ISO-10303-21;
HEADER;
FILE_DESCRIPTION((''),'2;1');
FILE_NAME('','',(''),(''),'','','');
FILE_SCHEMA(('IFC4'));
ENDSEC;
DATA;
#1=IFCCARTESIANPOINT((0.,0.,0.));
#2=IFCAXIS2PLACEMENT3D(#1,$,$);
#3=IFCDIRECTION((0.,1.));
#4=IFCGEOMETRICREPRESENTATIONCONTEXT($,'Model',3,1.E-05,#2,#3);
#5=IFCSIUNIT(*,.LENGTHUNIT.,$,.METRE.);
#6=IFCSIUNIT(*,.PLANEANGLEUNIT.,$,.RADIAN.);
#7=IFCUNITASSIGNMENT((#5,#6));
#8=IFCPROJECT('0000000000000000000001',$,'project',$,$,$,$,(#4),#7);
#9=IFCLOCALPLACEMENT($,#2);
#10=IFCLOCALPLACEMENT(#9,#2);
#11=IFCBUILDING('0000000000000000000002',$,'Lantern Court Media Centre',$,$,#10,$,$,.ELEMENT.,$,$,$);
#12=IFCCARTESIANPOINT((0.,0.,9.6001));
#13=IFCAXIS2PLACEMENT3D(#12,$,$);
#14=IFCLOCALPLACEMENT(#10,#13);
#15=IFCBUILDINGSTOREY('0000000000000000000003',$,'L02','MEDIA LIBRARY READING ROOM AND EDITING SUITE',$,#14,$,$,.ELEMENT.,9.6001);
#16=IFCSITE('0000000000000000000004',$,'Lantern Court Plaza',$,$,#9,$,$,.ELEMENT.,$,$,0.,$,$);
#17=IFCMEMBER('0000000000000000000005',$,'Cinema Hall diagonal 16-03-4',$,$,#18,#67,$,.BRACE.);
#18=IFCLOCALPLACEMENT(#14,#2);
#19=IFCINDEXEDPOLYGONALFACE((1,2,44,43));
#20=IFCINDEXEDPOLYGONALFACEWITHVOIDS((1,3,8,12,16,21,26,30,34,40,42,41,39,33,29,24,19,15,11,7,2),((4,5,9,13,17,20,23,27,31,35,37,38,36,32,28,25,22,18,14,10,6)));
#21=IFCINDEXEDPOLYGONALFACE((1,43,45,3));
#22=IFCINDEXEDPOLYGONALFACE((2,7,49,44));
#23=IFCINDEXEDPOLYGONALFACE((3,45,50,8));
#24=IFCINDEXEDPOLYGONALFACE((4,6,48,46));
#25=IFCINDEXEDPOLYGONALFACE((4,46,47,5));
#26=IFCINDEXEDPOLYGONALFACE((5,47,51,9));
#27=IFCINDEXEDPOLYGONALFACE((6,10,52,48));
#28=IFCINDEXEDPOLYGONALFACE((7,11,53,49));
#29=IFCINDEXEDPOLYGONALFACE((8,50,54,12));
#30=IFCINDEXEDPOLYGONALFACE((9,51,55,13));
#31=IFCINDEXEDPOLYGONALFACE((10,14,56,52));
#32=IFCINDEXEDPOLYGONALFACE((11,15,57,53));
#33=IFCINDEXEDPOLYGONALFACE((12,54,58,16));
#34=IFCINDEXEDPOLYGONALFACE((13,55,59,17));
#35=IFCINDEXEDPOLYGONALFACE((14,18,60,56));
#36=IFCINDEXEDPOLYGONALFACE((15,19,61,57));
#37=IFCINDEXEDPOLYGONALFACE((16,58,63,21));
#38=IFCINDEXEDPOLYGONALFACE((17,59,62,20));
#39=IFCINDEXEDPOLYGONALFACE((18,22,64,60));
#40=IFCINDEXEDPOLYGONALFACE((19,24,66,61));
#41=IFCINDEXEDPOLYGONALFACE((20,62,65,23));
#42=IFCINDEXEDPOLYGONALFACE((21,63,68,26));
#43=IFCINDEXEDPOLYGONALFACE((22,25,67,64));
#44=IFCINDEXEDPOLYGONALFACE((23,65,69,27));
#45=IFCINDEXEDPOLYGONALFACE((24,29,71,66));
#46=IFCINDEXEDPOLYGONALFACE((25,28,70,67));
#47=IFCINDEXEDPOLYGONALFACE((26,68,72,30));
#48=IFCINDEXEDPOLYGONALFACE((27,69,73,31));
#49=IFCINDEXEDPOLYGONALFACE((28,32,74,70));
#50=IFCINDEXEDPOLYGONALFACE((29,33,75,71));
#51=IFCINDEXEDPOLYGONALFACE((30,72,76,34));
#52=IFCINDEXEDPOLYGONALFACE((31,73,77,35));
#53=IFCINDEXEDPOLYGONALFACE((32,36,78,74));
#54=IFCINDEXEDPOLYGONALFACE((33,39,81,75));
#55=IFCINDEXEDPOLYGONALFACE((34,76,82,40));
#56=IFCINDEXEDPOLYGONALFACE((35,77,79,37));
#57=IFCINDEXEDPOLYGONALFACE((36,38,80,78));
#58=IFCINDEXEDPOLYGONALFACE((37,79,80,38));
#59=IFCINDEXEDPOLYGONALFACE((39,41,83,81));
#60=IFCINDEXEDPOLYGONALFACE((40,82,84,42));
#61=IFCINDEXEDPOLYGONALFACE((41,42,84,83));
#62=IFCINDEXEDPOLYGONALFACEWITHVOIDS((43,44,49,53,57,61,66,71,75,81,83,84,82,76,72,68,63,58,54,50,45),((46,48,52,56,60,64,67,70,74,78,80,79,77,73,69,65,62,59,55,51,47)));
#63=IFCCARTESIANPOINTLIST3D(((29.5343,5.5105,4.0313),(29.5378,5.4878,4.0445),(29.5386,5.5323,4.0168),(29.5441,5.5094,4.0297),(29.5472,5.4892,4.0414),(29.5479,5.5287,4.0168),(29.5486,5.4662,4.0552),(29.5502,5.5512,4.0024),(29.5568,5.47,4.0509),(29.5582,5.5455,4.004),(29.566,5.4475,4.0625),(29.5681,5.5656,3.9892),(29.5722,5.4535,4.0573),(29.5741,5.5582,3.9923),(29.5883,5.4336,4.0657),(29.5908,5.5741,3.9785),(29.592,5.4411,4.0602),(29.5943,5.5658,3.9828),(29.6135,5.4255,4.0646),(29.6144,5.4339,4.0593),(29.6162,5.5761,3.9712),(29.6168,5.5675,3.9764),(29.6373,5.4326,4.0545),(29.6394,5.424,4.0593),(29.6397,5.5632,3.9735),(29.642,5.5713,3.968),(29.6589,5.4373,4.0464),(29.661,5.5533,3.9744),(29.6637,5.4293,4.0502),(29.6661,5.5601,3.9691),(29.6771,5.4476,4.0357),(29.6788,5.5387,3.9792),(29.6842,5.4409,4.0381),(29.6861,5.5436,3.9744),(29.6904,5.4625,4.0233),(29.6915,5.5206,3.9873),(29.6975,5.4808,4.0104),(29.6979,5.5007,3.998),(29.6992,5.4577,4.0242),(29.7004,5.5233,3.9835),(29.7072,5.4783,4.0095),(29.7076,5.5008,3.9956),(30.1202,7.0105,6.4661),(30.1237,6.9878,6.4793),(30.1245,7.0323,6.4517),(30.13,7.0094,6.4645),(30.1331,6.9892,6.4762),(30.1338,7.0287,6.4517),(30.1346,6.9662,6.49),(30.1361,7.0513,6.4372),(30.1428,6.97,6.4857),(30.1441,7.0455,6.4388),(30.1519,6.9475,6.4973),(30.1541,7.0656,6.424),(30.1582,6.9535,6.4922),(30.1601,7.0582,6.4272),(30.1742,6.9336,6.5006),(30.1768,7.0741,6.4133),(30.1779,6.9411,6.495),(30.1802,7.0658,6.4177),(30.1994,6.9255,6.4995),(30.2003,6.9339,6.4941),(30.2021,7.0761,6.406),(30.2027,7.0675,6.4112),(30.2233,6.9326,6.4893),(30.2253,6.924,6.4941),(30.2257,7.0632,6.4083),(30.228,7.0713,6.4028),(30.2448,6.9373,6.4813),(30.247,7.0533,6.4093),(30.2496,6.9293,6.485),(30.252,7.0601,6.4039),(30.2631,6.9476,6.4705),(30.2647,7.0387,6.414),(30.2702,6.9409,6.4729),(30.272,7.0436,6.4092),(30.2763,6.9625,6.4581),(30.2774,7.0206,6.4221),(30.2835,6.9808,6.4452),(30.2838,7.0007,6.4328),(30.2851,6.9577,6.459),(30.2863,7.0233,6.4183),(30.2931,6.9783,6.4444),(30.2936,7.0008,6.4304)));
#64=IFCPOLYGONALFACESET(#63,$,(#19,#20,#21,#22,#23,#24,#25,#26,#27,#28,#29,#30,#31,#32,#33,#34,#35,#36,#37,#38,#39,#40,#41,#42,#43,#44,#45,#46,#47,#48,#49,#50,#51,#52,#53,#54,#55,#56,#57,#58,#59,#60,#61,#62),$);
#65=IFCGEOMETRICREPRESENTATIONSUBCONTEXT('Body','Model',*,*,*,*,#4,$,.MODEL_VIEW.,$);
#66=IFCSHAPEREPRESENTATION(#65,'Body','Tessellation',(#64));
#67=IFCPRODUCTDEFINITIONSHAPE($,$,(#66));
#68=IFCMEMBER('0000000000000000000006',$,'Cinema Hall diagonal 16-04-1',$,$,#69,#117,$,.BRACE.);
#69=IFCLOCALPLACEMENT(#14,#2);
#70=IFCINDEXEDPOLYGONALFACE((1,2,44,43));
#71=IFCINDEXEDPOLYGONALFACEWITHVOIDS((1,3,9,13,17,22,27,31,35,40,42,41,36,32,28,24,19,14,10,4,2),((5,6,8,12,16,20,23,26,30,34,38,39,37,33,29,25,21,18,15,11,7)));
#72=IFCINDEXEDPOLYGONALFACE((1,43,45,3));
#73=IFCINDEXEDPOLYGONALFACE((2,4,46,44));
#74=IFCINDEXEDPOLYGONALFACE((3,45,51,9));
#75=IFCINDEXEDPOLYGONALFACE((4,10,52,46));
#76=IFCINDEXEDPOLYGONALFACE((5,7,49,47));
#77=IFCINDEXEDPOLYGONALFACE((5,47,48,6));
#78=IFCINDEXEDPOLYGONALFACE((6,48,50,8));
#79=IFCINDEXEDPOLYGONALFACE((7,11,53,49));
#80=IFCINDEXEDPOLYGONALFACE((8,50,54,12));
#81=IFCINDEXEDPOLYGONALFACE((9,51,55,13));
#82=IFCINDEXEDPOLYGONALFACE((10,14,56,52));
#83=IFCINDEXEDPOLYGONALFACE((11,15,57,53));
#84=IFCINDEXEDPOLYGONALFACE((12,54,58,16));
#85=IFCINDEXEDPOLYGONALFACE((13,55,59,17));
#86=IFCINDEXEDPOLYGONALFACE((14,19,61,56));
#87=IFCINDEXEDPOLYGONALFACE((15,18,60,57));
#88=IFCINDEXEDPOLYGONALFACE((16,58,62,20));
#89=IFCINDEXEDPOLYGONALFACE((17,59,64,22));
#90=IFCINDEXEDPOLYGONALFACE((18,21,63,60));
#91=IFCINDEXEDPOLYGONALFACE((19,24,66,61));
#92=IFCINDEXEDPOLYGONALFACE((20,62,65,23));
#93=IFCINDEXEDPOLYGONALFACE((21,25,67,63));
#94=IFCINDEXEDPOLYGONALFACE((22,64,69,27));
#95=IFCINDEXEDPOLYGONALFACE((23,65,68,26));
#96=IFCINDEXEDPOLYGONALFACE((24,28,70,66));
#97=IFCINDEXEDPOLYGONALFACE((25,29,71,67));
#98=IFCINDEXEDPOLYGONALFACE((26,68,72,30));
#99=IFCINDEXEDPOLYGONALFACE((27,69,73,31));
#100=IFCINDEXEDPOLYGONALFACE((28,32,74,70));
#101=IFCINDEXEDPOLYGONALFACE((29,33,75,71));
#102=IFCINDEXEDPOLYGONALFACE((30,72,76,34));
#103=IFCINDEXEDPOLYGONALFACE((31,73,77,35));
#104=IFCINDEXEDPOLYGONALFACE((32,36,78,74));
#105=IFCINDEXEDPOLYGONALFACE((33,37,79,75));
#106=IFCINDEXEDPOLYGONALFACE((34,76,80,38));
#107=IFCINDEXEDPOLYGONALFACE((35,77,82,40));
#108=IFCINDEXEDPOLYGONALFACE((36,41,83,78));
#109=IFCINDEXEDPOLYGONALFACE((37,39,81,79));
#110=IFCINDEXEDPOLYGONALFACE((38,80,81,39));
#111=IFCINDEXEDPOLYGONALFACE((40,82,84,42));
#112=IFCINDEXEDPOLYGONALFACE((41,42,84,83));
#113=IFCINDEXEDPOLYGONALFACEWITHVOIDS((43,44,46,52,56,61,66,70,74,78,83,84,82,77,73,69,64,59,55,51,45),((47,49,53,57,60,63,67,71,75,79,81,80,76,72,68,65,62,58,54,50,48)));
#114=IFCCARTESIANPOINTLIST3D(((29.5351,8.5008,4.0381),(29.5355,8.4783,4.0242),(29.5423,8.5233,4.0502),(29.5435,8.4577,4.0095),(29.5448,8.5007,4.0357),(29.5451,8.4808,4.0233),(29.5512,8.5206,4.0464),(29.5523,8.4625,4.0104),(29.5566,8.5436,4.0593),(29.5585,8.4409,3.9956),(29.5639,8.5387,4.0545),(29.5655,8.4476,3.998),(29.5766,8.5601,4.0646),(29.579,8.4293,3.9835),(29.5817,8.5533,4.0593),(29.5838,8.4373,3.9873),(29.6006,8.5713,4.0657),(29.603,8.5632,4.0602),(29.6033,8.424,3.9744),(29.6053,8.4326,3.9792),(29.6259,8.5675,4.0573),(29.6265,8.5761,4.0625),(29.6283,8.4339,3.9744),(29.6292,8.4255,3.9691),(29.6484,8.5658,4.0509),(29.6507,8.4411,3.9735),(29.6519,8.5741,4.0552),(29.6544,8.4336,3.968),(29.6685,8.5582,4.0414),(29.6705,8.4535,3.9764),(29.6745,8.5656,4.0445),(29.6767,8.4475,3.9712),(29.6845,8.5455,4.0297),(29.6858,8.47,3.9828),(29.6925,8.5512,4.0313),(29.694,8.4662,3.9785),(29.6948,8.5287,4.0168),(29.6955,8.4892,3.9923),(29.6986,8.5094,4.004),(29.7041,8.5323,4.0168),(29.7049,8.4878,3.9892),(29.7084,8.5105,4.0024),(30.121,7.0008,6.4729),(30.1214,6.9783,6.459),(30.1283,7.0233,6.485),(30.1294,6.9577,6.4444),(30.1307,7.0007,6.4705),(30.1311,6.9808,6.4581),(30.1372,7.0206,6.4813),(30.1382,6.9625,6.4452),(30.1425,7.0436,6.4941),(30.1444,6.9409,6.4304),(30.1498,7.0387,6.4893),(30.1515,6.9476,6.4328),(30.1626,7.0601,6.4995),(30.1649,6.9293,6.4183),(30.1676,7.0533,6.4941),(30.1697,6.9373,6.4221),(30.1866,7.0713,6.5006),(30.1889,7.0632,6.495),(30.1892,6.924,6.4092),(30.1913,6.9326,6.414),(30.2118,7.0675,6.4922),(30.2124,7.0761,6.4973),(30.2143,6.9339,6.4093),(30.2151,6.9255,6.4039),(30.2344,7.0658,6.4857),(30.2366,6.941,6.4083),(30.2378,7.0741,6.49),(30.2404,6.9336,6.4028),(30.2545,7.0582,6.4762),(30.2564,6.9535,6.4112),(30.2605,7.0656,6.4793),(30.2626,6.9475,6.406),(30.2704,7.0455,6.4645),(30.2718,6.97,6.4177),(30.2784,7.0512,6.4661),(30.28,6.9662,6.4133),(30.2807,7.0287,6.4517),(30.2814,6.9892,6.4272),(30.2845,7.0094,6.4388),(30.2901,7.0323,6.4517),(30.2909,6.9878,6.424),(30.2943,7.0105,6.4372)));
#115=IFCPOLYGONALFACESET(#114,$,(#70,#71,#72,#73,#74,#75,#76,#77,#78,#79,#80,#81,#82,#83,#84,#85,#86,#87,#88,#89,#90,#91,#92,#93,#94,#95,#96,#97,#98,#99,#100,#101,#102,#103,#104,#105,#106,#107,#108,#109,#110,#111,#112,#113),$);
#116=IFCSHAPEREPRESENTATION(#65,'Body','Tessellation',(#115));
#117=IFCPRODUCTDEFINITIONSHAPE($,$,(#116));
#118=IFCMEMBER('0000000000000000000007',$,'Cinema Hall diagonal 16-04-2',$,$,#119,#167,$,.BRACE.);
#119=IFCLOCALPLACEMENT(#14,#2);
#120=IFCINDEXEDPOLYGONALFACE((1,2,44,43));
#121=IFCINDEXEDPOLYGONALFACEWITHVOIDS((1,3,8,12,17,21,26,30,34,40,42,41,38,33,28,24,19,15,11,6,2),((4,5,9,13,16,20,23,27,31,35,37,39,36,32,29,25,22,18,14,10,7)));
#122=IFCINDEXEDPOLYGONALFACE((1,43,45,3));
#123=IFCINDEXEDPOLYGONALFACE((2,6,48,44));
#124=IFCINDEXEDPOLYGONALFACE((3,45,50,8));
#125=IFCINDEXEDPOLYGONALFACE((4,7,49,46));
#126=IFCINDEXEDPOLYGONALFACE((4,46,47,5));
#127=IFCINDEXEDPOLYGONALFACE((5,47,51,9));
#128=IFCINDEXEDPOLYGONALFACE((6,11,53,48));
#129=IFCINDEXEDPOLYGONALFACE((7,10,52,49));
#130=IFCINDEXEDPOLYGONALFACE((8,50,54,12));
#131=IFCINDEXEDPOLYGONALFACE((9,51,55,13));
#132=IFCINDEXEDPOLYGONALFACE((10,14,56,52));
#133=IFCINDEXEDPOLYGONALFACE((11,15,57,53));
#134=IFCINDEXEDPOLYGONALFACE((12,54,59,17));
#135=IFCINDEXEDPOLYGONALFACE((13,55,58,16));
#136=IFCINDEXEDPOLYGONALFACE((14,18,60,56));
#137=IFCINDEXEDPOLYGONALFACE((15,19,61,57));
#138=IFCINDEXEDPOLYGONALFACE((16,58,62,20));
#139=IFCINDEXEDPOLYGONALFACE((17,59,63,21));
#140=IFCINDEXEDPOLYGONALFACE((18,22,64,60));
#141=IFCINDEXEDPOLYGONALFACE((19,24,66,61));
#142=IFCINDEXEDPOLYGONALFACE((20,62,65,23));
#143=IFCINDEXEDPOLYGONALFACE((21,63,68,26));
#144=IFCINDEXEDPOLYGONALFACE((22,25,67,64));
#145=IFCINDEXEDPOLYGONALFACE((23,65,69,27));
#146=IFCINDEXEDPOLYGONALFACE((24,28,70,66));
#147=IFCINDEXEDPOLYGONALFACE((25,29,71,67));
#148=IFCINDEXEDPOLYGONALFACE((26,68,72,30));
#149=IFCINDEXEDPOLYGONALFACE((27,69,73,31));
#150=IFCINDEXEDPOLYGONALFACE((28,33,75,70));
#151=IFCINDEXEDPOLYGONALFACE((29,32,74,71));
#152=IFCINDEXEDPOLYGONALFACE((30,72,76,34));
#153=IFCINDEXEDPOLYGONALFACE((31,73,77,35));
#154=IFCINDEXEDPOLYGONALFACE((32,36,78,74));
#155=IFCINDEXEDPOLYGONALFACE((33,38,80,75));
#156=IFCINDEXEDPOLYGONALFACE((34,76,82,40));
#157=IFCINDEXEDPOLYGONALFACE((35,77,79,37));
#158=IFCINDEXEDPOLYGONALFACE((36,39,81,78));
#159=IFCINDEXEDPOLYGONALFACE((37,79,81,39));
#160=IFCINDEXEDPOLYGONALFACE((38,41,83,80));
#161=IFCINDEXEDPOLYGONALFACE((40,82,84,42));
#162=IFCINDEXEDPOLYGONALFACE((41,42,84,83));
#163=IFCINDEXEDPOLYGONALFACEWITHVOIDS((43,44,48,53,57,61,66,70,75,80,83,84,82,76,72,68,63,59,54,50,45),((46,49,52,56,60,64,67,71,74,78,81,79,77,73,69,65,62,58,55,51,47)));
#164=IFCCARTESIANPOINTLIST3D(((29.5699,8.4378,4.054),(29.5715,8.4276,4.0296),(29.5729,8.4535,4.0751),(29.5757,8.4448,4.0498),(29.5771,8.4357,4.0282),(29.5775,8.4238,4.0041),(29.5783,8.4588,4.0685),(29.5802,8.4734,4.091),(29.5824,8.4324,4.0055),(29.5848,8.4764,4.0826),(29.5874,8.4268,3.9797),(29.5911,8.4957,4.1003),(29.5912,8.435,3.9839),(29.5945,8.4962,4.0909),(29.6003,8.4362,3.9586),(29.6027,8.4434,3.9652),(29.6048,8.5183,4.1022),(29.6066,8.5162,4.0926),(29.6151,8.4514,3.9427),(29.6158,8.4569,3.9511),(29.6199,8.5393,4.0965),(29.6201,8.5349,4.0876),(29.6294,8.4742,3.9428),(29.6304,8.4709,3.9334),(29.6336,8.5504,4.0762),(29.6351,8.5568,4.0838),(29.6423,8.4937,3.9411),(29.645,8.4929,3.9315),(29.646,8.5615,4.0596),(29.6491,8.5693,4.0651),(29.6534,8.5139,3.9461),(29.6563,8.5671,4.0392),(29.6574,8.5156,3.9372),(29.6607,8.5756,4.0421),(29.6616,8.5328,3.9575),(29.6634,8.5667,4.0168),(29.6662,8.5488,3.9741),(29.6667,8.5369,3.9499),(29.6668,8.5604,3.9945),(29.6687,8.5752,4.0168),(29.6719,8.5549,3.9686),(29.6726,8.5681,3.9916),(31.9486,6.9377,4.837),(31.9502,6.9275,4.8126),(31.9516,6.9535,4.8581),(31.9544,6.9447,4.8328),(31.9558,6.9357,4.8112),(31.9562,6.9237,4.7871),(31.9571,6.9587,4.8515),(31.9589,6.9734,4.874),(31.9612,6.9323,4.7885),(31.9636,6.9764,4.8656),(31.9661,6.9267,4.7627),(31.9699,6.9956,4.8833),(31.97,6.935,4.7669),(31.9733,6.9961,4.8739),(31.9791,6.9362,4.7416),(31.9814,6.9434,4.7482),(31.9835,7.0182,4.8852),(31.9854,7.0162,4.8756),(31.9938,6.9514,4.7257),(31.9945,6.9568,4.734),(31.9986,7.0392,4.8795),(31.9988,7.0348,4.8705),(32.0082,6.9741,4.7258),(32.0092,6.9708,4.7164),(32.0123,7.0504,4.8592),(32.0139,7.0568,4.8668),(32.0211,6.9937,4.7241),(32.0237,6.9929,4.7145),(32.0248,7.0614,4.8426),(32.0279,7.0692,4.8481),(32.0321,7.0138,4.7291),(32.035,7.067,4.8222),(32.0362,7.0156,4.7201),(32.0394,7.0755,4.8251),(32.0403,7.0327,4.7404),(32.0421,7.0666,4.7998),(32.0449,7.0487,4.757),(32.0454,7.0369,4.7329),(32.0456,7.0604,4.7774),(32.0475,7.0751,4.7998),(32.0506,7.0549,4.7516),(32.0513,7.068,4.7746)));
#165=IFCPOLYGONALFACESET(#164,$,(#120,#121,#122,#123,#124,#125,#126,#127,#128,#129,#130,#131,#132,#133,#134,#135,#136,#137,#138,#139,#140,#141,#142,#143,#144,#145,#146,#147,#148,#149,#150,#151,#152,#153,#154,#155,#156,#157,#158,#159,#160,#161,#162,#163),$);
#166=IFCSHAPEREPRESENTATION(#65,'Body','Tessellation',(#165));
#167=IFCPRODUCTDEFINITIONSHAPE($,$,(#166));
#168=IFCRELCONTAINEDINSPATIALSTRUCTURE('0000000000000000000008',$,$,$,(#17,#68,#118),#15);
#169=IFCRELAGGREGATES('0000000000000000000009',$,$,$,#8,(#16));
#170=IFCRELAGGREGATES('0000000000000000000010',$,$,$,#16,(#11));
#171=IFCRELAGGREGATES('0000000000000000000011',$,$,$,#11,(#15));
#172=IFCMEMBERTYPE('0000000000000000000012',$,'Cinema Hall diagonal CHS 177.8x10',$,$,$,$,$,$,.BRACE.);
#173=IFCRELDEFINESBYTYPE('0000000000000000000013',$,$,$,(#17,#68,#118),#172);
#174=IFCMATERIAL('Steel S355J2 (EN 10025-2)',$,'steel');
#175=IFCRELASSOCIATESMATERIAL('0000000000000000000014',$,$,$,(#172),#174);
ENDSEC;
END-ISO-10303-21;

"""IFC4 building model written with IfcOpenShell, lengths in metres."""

from ifc_helpers import new_model, si_unit, direction, frame, origin, origin_2d, place, context, subcontext, project, spatial, hollow_circle, extrude, material, material_profile, profile_set, type_object, element, save


model = new_model("IFC4")

# Units and contexts
model_context = context("Model", 3, precision=1e-05, world=origin(), true_north=direction((0.0, 1.0)))
body_context = subcontext(model_context, "Body", "Model", "MODEL_VIEW")
ifc_project = project(units=[si_unit("LENGTHUNIT", "METRE"), si_unit("PLANEANGLEUNIT", "RADIAN")], contexts=[model_context])

# Site, building, storey
site_placement = place(None, origin())
site = spatial("IfcSite", under=ifc_project, at=site_placement, Name="Lantern Court Plaza", CompositionType="ELEMENT", RefElevation=0.0)
building_placement = place(site_placement, origin())
building = spatial("IfcBuilding", under=site, at=building_placement, Name="Lantern Court Media Centre", CompositionType="ELEMENT")
storey_placement = place(building_placement, frame((0.0, 0.0, 9.6001)))
storey = spatial("IfcBuildingStorey", under=building, at=storey_placement, Name="L02", Description="MEDIA LIBRARY READING ROOM AND EDITING SUITE", CompositionType="ELEMENT", Elevation=9.6001)

# Members
ifc_material_1 = material(Name="Steel S355J2 (EN 10025-2)", Category="steel")
ifc_material_profile_1 = material_profile(ifc_material_1, hollow_circle(Radius=0.0889, WallThickness=0.01, at=origin_2d()), Name="Cinema Hall diagonal CHS 177.8x10")
ifc_profile_set_1 = profile_set([ifc_material_profile_1], Name="Steel S355J2 (EN 10025-2)")
member_type_1 = type_object("IfcMemberType", Name="Cinema Hall diagonal CHS 177.8x10", PredefinedType="BRACE", material=ifc_profile_set_1)
for number, where, z_axis, x_axis, name in (
    (1, (29.6213, 5.5, 4.0168), (0.20072, 0.513842, 0.834073), (-0.931457, 0.363851, 0.0), "Cinema Hall diagonal 16-03-4"),
    (2, (29.6213, 8.5, 4.0168), (0.20072, -0.513842, 0.834073), (0.931457, 0.363851, 0.0), "Cinema Hall diagonal 16-04-1"),
    (3, (29.6213, 8.5, 4.0168), (0.814866, -0.51386, 0.268221), (0.533405, 0.84586, 0.0), "Cinema Hall diagonal 16-04-2"),
):
    element("IfcMember", number, at=place(storey_placement, frame(where, z_axis=z_axis, x_axis=x_axis)), inside=storey, type_object=member_type_1, Name=name, PredefinedType="BRACE", context=body_context, shape_type="SweptSolid", body=[
        extrude(hollow_circle(Radius=0.0889, WallThickness=0.01, at=origin_2d()), origin(), (0.0, 0.0, 1.0), 2.9192),
    ])

save(model, "model.ifc")
